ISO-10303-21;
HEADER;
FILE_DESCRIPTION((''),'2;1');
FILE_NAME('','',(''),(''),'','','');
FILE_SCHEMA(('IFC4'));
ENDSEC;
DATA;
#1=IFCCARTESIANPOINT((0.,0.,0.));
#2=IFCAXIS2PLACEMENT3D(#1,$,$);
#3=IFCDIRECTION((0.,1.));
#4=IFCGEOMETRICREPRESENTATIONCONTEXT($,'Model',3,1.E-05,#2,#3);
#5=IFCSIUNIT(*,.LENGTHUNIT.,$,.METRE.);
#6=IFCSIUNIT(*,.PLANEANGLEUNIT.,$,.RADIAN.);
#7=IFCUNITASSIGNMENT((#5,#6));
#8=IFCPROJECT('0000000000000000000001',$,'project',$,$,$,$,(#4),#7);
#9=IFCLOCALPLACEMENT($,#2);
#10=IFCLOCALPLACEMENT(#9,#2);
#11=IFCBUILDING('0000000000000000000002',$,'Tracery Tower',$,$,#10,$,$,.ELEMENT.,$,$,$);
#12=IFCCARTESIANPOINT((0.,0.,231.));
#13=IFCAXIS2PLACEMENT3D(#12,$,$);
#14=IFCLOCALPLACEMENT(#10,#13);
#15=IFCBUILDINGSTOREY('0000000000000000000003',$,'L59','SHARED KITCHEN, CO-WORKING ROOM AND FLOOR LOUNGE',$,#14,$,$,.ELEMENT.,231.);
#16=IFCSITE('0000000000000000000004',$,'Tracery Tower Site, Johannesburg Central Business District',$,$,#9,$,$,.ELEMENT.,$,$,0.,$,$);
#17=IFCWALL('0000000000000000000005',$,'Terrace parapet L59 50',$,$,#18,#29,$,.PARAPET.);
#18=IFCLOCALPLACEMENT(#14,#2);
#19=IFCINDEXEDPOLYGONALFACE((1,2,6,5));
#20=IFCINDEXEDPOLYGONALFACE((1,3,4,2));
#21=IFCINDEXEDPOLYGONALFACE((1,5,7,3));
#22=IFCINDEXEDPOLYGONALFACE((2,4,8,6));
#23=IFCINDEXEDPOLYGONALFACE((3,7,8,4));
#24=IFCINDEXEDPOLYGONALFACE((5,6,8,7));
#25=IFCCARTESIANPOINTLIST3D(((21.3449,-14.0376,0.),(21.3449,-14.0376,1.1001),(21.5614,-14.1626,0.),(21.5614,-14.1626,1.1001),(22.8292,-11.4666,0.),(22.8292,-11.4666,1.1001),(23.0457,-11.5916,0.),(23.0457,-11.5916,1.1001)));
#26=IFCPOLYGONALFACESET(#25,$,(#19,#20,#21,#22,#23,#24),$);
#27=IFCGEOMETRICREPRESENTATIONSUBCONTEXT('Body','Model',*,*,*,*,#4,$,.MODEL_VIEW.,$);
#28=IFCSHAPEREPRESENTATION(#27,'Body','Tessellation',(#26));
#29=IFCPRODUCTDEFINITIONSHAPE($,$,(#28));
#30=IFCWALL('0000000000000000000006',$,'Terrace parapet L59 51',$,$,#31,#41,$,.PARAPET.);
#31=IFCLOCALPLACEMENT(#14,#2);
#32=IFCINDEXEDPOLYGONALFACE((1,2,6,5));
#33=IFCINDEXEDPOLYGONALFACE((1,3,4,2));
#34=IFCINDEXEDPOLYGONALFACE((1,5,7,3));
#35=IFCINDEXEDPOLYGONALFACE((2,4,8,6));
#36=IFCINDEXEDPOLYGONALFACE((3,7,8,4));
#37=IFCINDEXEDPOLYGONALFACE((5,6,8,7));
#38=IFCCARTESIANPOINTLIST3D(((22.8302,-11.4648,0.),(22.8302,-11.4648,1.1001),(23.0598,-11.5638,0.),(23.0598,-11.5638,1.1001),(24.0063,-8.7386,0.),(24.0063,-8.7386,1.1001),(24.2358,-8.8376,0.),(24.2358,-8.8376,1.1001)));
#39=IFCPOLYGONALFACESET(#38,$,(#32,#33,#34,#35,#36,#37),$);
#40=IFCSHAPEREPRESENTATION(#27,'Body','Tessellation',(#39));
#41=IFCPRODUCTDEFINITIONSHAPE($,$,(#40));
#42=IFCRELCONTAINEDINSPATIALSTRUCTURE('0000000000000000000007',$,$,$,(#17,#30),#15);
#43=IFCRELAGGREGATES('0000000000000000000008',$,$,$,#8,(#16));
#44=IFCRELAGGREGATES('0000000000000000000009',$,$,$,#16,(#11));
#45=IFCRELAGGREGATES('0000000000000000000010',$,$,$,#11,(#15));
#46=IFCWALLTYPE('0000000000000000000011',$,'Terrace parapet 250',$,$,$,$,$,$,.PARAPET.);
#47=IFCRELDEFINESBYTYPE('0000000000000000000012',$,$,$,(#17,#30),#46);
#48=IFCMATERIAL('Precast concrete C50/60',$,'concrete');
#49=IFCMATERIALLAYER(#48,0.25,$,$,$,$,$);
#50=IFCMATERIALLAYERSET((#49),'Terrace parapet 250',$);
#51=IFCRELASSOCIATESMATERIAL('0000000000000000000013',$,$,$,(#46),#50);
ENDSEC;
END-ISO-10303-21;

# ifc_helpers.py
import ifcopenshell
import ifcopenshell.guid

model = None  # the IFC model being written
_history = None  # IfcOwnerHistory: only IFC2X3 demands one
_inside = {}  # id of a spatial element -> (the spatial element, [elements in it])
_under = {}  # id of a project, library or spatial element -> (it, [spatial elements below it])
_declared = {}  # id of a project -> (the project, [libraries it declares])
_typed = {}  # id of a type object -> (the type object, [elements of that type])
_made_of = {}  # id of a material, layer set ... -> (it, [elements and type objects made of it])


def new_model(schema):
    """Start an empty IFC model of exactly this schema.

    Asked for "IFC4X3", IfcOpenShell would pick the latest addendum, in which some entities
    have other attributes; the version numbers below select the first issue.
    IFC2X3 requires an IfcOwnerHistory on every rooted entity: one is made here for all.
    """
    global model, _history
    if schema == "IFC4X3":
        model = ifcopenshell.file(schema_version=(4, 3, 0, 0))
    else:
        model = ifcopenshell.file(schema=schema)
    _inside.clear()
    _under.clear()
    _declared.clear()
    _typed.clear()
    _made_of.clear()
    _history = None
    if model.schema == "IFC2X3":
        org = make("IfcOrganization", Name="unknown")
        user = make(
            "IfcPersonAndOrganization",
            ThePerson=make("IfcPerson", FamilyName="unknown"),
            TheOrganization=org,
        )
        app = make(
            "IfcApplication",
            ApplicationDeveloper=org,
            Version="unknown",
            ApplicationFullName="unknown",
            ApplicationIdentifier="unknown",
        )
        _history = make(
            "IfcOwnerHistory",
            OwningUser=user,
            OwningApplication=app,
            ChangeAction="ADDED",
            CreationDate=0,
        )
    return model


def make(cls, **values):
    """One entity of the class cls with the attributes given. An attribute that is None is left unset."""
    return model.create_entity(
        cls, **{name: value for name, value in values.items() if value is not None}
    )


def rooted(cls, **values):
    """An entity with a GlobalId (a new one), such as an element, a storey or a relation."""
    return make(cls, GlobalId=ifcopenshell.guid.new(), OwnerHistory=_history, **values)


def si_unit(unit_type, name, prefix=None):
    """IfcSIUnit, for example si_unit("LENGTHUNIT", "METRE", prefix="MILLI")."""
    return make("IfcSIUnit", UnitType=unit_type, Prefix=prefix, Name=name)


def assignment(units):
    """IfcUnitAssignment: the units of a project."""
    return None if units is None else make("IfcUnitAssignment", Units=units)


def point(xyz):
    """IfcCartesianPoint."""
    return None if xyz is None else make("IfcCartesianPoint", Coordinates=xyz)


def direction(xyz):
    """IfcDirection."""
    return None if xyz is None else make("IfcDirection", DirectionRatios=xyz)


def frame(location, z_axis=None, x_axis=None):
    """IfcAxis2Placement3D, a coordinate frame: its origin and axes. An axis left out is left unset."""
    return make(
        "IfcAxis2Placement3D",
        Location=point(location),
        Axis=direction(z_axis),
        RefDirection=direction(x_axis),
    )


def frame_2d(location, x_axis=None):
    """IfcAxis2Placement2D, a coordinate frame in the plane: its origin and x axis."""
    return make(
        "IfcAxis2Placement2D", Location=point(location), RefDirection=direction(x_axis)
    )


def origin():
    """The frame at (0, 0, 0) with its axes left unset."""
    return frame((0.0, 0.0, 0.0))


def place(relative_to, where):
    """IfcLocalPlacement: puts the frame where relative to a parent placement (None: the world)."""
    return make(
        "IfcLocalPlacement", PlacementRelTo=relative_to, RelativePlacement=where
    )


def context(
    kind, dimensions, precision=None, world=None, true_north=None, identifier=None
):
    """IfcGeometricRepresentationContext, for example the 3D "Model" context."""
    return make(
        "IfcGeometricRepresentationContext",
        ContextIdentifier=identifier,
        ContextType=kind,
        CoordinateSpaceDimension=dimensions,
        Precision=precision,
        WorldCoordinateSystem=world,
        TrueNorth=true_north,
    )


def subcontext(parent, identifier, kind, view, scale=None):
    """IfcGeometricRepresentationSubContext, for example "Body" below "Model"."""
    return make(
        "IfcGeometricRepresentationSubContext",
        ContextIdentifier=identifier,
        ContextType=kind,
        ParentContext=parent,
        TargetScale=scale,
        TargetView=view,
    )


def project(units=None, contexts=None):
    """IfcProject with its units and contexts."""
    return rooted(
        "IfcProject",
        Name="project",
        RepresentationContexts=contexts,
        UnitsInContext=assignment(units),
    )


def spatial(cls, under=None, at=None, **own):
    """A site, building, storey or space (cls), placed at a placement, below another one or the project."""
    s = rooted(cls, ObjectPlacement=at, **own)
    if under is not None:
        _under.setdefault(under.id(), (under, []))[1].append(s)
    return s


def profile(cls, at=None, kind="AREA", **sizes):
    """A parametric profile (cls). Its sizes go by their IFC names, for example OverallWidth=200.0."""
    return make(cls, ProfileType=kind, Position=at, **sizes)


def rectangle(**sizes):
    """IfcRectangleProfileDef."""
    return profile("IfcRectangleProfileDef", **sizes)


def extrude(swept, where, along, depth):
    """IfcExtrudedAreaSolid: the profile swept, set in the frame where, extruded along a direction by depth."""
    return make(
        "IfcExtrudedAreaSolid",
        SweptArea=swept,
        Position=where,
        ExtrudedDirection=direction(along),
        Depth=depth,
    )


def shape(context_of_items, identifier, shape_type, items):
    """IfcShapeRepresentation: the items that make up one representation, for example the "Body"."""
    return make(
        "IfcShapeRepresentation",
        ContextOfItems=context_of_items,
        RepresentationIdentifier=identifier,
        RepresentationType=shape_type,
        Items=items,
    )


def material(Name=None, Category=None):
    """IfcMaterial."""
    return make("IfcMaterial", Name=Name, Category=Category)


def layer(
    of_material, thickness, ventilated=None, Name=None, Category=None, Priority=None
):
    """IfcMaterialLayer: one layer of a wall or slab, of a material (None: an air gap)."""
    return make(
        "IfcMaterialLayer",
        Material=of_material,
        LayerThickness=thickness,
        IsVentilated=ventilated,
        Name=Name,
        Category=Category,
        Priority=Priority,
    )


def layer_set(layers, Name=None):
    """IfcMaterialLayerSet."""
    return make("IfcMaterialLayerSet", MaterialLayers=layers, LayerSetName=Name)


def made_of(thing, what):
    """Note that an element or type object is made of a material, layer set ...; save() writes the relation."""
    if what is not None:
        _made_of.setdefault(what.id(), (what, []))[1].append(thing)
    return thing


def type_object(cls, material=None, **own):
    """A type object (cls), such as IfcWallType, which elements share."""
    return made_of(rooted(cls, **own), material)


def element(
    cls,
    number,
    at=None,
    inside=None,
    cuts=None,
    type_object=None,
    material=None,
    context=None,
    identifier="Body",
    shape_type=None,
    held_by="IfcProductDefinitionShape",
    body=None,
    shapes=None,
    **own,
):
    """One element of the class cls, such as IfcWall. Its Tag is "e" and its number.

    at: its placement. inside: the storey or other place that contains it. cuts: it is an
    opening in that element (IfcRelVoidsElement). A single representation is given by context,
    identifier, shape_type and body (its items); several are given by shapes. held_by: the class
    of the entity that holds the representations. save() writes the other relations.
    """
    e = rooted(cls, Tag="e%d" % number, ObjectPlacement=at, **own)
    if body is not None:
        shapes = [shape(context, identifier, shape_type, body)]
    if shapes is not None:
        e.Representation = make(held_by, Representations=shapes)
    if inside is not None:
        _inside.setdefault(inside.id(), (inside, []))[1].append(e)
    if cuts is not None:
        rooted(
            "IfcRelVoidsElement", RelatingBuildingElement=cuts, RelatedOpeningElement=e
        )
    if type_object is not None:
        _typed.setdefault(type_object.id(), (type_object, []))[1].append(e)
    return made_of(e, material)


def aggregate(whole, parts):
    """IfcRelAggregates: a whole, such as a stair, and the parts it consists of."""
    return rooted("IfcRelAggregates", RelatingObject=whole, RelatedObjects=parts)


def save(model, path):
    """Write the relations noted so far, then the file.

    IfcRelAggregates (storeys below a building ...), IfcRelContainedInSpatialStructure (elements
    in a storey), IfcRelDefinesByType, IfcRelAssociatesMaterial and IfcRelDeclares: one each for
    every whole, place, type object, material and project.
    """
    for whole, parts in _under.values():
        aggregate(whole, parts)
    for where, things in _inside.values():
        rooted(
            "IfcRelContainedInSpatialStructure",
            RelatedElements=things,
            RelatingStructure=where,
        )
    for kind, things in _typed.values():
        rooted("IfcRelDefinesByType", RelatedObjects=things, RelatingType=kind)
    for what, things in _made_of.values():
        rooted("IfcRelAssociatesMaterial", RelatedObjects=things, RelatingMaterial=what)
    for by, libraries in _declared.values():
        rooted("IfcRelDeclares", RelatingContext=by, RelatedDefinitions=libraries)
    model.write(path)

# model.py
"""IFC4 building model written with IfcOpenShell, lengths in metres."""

from ifc_helpers import new_model, si_unit, direction, frame, frame_2d, origin, place, context, subcontext, project, spatial, rectangle, extrude, material, layer, layer_set, type_object, element, save


model = new_model("IFC4")

# Units and contexts
model_context = context("Model", 3, precision=1e-05, world=origin(), true_north=direction((0.0, 1.0)))
body_context = subcontext(model_context, "Body", "Model", "MODEL_VIEW")
ifc_project = project(units=[si_unit("LENGTHUNIT", "METRE"), si_unit("PLANEANGLEUNIT", "RADIAN")], contexts=[model_context])

# Site, building, storey
site_placement = place(None, origin())
site = spatial("IfcSite", under=ifc_project, at=site_placement, Name="Tracery Tower Site, Johannesburg Central Business District", CompositionType="ELEMENT", RefElevation=0.0)
building_placement = place(site_placement, origin())
building = spatial("IfcBuilding", under=site, at=building_placement, Name="Tracery Tower", CompositionType="ELEMENT")
storey_placement = place(building_placement, frame((0.0, 0.0, 231.0)))
storey = spatial("IfcBuildingStorey", under=building, at=storey_placement, Name="L59", Description="SHARED KITCHEN, CO-WORKING ROOM AND FLOOR LOUNGE", CompositionType="ELEMENT", Elevation=231.0)

# Walls
ifc_material_1 = material(Name="Precast concrete C50/60", Category="concrete")
ifc_layer_1 = layer(ifc_material_1, 0.25)
ifc_layer_set_1 = layer_set([ifc_layer_1], Name="Terrace parapet 250")
wall_type_1 = type_object("IfcWallType", Name="Terrace parapet 250", PredefinedType="PARAPET", material=ifc_layer_set_1)
for number, where, z_axis, x_axis, name in (
    (1, (21.4531, -14.1001, 0.0), (0.0, 0.0, 1.0), (0.499995, 0.866028, 0.0), "Terrace parapet L59 50"),
):
    element("IfcWall", number, at=place(storey_placement, frame(where, z_axis=z_axis, x_axis=x_axis)), inside=storey, type_object=wall_type_1, Name=name, PredefinedType="PARAPET", context=body_context, shape_type="SweptSolid", body=[
        extrude(rectangle(XDim=2.9688, YDim=0.25, at=frame_2d((1.4844, 0.0))), origin(), (0.0, 0.0, 1.0), 1.1001),
    ])
wall_1_placement = place(storey_placement, frame((22.9451, -11.5142, 0.0), z_axis=(0.0, 0.0, 1.0), x_axis=(0.396112, 0.918202, 0.0)))
element("IfcWall", 2, at=wall_1_placement, inside=storey, type_object=wall_type_1, Name="Terrace parapet L59 51", PredefinedType="PARAPET", context=body_context, shape_type="SweptSolid", body=[
    extrude(rectangle(XDim=2.969, YDim=0.25, at=frame_2d((1.4844, 0.0))), origin(), (0.0, 0.0, 1.0), 1.1001),
])

save(model, "model.ifc")
